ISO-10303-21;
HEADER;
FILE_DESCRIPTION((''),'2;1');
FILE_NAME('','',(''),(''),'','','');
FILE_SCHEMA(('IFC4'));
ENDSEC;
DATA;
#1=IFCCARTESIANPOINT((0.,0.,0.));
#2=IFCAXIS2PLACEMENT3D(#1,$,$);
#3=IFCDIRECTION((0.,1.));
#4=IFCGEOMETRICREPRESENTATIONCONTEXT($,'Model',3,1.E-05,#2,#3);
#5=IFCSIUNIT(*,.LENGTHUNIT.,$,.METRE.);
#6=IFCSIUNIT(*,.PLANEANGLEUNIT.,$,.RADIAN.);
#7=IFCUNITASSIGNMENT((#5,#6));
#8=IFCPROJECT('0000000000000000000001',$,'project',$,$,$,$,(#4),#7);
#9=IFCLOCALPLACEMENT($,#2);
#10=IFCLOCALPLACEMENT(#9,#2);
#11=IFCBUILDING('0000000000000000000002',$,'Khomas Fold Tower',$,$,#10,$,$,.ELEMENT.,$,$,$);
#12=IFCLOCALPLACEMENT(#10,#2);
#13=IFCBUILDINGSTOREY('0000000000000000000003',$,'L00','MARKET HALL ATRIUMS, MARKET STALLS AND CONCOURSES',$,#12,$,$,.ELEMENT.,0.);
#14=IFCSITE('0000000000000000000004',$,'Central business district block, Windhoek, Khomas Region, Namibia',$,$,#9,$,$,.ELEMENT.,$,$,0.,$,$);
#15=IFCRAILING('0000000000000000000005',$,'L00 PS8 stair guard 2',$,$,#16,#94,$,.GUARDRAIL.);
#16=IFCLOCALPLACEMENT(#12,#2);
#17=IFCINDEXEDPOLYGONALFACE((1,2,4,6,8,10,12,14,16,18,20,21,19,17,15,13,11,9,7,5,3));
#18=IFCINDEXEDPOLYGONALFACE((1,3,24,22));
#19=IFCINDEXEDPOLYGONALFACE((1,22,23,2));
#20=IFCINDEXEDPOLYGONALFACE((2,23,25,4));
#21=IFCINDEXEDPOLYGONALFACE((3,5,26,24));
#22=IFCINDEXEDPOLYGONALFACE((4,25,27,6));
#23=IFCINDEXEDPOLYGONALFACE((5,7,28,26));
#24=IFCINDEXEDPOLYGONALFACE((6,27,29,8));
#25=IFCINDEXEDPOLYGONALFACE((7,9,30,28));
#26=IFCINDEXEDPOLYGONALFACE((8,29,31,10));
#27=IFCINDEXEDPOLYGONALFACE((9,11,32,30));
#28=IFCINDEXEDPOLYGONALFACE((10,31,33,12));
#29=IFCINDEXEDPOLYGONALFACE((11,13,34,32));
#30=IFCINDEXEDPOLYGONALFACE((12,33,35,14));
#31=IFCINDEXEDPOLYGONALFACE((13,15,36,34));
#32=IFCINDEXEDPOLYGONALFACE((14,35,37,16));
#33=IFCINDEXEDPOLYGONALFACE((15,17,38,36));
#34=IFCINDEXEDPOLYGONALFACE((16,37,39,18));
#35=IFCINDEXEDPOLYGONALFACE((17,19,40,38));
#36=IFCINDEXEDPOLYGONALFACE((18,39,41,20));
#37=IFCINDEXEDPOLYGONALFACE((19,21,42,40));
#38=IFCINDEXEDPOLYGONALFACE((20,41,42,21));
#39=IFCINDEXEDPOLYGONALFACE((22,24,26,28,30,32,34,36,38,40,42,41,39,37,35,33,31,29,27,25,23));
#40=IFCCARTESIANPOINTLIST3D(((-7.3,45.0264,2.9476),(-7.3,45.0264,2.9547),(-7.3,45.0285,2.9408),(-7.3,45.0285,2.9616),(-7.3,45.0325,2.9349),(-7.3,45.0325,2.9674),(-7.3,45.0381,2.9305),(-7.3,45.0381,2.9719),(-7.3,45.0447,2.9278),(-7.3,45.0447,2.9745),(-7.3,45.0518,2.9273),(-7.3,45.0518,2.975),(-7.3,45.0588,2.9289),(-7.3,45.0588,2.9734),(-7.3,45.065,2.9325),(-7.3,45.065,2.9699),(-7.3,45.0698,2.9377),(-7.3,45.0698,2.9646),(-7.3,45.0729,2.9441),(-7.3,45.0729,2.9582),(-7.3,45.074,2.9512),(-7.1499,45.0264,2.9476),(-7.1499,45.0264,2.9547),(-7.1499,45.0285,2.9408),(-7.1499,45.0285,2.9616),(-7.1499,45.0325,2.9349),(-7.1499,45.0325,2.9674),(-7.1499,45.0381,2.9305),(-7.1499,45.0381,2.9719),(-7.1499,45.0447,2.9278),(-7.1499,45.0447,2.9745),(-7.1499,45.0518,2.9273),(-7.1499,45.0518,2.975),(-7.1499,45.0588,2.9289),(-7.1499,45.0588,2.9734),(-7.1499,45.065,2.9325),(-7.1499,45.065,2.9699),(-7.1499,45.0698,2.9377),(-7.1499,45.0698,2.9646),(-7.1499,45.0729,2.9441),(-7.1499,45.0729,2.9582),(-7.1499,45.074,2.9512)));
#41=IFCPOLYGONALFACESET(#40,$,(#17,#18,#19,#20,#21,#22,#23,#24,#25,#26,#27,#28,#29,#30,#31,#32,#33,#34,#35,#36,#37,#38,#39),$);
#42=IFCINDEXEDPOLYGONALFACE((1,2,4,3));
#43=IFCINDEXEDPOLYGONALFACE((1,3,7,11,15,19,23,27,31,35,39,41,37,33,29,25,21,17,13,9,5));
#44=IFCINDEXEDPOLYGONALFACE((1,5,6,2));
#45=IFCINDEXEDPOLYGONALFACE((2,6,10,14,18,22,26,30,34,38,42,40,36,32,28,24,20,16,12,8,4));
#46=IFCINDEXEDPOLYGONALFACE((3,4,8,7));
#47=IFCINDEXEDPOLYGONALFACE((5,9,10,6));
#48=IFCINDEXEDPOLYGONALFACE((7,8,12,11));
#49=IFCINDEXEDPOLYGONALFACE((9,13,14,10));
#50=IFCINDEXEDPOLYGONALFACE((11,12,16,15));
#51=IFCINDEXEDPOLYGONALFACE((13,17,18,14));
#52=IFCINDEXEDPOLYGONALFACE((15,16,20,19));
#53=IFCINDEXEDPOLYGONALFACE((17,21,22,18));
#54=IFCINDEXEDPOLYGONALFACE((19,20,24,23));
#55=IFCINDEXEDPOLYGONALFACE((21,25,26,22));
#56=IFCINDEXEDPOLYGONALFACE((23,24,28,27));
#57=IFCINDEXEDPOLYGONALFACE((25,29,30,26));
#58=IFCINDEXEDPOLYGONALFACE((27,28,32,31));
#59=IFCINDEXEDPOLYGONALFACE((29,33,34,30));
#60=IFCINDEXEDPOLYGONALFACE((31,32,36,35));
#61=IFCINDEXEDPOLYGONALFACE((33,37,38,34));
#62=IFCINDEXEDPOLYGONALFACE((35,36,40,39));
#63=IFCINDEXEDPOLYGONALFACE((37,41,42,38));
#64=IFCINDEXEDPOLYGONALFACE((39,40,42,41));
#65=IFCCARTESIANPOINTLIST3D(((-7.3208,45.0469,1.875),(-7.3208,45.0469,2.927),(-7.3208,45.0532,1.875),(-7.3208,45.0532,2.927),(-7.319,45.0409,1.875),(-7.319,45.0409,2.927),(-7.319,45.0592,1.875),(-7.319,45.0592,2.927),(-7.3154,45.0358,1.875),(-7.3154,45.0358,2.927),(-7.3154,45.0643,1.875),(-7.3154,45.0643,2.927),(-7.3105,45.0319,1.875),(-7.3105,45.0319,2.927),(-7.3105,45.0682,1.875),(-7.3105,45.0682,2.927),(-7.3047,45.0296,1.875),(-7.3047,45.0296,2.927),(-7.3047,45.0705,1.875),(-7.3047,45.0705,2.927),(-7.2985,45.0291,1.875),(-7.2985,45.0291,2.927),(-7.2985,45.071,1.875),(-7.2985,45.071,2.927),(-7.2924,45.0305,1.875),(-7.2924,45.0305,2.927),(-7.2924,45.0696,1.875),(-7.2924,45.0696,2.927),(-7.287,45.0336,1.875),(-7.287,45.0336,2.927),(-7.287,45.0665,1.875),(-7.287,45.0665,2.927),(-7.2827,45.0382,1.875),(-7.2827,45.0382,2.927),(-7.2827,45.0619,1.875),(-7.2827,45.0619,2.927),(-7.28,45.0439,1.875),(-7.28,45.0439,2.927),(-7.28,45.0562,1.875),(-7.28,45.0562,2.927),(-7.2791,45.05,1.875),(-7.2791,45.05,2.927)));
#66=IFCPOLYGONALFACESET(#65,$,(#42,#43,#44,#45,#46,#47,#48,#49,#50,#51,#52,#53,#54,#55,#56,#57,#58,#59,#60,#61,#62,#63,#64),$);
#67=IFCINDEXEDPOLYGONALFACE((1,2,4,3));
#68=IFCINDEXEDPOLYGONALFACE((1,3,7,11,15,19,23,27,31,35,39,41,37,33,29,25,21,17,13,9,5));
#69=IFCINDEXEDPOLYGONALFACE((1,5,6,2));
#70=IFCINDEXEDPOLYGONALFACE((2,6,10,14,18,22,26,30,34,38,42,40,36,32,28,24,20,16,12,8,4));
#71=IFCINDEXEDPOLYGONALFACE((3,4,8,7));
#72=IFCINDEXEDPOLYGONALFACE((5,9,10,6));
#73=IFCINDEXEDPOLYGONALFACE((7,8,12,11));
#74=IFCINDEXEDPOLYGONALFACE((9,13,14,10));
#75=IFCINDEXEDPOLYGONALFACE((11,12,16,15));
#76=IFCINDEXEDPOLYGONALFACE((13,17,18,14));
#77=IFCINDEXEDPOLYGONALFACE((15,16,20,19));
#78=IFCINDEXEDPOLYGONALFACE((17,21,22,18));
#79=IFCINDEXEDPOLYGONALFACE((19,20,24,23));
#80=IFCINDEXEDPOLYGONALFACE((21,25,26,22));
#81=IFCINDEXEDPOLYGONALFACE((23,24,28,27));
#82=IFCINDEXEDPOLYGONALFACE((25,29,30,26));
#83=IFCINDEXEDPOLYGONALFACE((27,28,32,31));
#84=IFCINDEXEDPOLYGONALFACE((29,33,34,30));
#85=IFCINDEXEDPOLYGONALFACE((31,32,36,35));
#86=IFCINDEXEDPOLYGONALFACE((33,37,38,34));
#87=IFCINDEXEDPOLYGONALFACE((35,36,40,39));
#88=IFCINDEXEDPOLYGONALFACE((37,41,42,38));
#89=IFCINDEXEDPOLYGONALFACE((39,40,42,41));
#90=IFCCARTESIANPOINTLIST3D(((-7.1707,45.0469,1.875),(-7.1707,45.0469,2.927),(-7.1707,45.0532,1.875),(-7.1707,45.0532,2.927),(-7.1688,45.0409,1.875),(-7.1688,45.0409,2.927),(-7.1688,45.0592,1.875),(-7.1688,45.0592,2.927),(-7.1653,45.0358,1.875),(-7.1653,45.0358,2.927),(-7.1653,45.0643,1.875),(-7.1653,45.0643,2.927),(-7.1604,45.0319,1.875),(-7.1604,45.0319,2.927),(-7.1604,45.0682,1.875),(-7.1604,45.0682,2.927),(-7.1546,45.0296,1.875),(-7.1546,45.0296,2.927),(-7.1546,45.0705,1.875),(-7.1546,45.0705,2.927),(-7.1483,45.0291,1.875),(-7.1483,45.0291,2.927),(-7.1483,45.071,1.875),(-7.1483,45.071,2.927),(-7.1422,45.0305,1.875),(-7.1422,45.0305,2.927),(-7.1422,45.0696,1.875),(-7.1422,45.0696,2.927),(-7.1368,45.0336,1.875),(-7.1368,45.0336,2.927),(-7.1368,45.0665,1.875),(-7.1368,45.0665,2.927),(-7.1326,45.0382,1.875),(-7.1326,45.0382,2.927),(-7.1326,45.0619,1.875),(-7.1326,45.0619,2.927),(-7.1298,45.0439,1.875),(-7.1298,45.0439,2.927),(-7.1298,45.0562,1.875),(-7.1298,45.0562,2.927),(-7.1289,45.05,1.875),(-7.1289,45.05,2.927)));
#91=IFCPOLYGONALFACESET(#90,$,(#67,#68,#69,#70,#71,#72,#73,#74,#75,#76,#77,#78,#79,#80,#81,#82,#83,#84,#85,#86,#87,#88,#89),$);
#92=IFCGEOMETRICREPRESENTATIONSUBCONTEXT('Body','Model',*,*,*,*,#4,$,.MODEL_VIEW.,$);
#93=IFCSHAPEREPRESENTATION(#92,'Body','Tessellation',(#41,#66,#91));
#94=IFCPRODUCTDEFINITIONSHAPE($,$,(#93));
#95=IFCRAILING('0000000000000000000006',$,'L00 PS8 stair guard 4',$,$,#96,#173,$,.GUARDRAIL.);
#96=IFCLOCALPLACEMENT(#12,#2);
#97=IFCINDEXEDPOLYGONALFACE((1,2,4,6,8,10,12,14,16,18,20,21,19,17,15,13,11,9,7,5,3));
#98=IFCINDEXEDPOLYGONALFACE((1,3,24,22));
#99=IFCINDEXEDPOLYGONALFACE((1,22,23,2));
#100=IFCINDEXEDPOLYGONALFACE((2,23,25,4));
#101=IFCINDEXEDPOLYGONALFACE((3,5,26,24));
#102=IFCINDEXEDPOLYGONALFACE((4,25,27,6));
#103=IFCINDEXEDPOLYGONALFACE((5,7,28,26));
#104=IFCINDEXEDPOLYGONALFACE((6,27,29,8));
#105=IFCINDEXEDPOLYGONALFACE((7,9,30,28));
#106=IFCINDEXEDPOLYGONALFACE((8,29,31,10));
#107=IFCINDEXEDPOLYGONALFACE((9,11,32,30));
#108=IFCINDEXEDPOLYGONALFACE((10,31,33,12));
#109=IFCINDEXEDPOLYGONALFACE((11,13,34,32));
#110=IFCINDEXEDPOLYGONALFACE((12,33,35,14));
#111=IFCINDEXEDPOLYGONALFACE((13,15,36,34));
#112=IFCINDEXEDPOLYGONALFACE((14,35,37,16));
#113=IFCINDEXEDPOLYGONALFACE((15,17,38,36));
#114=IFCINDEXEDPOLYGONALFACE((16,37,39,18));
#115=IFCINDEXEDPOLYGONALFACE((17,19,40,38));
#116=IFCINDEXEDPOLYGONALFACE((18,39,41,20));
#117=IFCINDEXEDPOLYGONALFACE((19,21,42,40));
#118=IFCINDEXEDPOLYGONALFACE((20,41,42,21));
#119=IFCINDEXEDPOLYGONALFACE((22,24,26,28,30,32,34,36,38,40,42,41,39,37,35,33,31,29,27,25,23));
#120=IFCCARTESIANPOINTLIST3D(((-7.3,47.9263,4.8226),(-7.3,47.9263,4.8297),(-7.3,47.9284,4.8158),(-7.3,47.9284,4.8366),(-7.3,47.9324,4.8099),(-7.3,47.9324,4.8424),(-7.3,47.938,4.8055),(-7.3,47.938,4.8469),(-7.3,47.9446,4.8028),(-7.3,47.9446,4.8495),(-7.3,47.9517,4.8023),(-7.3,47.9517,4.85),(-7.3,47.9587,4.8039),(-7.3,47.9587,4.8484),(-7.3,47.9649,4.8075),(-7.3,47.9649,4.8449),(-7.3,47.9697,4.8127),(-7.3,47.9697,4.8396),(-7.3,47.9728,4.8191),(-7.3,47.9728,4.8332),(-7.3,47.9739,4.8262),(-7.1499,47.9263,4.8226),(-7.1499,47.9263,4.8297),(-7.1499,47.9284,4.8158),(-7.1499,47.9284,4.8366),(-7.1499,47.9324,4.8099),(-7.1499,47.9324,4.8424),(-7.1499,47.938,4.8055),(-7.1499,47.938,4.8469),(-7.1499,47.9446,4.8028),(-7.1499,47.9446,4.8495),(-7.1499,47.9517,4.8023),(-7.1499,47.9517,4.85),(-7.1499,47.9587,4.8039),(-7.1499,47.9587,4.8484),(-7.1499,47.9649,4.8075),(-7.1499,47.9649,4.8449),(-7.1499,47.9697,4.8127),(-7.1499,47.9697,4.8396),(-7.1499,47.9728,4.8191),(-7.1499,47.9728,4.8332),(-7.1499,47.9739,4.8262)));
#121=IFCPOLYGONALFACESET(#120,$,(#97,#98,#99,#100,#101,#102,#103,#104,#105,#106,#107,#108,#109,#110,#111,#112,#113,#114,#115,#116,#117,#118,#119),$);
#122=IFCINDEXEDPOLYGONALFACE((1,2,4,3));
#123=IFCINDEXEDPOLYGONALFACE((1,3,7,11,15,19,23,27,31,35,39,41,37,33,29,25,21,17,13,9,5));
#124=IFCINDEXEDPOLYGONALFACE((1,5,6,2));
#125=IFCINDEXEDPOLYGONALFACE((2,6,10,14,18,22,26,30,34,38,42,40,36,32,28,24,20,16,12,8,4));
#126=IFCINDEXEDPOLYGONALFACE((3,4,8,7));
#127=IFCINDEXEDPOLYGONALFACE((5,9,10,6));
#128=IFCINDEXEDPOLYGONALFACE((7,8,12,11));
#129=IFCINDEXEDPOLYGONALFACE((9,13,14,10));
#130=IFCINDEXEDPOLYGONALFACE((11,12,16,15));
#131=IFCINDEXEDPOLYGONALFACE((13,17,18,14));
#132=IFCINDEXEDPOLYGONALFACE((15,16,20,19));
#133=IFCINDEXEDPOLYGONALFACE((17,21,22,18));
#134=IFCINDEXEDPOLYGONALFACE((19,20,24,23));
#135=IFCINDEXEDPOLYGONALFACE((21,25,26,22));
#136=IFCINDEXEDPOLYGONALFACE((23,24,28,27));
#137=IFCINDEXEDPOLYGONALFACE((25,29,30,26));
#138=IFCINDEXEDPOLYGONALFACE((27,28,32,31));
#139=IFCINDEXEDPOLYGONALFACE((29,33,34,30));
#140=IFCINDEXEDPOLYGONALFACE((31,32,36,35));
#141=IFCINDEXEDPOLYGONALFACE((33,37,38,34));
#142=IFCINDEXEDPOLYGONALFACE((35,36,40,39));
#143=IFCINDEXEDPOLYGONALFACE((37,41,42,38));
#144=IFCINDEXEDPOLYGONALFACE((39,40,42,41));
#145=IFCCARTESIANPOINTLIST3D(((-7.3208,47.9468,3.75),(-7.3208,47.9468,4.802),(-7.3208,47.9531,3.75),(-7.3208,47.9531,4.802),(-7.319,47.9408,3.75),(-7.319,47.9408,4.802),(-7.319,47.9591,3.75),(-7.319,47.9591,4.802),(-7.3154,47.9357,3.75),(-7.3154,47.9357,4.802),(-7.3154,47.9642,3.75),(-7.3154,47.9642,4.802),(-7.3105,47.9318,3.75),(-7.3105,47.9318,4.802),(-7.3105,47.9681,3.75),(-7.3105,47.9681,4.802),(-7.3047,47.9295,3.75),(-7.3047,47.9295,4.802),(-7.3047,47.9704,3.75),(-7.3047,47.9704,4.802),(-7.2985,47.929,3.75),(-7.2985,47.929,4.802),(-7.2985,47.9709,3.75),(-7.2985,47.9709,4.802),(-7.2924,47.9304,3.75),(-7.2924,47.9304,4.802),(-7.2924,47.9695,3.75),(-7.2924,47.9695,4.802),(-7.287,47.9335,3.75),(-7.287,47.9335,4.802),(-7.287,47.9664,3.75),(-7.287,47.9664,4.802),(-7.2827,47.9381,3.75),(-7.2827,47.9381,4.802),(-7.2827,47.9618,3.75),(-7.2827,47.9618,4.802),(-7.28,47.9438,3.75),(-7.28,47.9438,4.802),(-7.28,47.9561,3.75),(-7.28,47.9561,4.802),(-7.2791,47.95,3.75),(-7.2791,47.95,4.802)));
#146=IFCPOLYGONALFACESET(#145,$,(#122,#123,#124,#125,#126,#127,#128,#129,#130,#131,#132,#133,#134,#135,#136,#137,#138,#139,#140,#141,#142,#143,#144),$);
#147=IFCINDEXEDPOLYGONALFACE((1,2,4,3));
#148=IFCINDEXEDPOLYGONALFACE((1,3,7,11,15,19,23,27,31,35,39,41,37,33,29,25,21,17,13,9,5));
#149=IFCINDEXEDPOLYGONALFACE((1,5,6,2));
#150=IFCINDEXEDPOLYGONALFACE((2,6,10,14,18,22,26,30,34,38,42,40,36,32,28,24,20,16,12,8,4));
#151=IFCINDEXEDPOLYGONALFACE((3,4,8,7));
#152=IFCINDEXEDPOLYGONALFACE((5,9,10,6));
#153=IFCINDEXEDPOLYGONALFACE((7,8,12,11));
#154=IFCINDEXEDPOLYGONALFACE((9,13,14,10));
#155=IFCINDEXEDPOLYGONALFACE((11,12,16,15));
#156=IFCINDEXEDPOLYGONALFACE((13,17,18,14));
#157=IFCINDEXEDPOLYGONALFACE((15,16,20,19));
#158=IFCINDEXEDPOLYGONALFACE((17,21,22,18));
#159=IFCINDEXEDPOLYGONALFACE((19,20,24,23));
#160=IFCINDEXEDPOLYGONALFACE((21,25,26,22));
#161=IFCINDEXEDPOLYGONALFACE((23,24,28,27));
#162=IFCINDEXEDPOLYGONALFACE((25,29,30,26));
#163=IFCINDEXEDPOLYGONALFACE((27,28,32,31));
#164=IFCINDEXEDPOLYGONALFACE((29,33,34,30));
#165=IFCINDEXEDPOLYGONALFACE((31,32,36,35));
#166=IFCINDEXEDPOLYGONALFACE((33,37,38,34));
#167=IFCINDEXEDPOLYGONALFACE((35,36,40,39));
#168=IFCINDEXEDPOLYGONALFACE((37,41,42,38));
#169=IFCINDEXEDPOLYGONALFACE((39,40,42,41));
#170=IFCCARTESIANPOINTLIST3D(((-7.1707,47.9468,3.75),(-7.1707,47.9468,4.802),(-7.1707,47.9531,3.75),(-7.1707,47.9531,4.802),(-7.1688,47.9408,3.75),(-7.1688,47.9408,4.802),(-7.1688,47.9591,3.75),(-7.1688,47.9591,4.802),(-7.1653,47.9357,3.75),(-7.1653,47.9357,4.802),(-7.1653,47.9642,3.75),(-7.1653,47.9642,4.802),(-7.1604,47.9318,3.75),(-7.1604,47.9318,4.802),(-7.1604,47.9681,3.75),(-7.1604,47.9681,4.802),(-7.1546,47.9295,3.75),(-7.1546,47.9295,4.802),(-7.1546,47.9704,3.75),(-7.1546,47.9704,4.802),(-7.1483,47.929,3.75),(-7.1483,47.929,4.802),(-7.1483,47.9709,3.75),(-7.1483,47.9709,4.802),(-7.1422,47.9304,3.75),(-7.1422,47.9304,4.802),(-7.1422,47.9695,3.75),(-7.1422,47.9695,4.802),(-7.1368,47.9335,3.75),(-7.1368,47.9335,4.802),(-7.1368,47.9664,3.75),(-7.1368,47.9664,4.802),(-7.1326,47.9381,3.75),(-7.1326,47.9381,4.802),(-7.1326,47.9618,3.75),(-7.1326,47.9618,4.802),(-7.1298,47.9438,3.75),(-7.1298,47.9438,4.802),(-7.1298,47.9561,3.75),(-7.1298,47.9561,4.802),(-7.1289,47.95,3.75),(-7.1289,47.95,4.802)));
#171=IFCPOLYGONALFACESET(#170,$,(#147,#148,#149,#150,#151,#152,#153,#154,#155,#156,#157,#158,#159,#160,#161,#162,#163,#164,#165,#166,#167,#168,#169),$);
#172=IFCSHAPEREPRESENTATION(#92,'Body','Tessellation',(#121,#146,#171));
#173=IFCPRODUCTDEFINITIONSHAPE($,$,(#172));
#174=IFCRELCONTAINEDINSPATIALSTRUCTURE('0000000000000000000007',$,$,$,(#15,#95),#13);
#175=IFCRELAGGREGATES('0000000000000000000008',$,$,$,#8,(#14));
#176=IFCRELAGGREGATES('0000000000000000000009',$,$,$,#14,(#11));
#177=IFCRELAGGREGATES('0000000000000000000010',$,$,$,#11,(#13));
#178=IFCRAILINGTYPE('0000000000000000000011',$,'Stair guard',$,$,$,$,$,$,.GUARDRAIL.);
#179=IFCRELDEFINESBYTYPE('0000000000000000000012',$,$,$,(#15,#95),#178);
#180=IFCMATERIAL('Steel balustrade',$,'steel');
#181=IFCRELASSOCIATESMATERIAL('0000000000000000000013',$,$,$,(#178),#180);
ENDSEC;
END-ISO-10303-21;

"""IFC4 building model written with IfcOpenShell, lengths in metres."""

from ifc_helpers import new_model, si_unit, direction, frame, origin, origin_2d, place, context, subcontext, project, spatial, circle, extrude, source, transform, mapped, material, type_object, element, save


model = new_model("IFC4")

# Units and contexts
model_context = context("Model", 3, precision=1e-05, world=origin(), true_north=direction((0.0, 1.0)))
body_context = subcontext(model_context, "Body", "Model", "MODEL_VIEW")
ifc_project = project(units=[si_unit("LENGTHUNIT", "METRE"), si_unit("PLANEANGLEUNIT", "RADIAN")], contexts=[model_context])

# Site, building, storey
site_placement = place(None, origin())
site = spatial("IfcSite", under=ifc_project, at=site_placement, Name="Central business district block, Windhoek, Khomas Region, Namibia", CompositionType="ELEMENT", RefElevation=0.0)
building_placement = place(site_placement, origin())
building = spatial("IfcBuilding", under=site, at=building_placement, Name="Khomas Fold Tower", CompositionType="ELEMENT")
storey_placement = place(building_placement, origin())
storey = spatial("IfcBuildingStorey", under=building, at=storey_placement, Name="L00", Description="MARKET HALL ATRIUMS, MARKET STALLS AND CONCOURSES", CompositionType="ELEMENT", Elevation=0.0)

# Railings
ifc_material_1 = material(Name="Steel balustrade", Category="steel")
railing_type_1 = type_object("IfcRailingType", Name="Stair guard", PredefinedType="GUARDRAIL", material=ifc_material_1)
shared_shape_1 = source(origin(), body_context, "Body", "SweptSolid", [
    extrude(circle(Radius=0.0239, at=origin_2d()), frame((0.0, 0.0, 1.0762), z_axis=(1.0, 0.0, 0.0), x_axis=(0.0, 1.0, 0.0)), (0.0, 0.0, 1.0), 0.1501),
    extrude(circle(Radius=0.021, at=origin_2d()), origin(), (0.0, 0.0, 1.0), 1.052),
    extrude(circle(Radius=0.021, at=origin_2d()), frame((0.1501, 0.0, 0.0)), (0.0, 0.0, 1.0), 1.052),
])
for number, where, name in (
    (1, (-7.3, 45.05, 1.875), "L00 PS8 stair guard 2"),
    (2, (-7.3, 47.95, 3.75), "L00 PS8 stair guard 4"),
):
    element("IfcRailing", number, at=place(storey_placement, frame(where)), inside=storey, type_object=railing_type_1, Name=name, PredefinedType="GUARDRAIL", context=body_context, shape_type="MappedRepresentation", body=[
        mapped(shared_shape_1, transform((0.0, 0.0, 0.0))),
    ])

save(model, "model.ifc")
